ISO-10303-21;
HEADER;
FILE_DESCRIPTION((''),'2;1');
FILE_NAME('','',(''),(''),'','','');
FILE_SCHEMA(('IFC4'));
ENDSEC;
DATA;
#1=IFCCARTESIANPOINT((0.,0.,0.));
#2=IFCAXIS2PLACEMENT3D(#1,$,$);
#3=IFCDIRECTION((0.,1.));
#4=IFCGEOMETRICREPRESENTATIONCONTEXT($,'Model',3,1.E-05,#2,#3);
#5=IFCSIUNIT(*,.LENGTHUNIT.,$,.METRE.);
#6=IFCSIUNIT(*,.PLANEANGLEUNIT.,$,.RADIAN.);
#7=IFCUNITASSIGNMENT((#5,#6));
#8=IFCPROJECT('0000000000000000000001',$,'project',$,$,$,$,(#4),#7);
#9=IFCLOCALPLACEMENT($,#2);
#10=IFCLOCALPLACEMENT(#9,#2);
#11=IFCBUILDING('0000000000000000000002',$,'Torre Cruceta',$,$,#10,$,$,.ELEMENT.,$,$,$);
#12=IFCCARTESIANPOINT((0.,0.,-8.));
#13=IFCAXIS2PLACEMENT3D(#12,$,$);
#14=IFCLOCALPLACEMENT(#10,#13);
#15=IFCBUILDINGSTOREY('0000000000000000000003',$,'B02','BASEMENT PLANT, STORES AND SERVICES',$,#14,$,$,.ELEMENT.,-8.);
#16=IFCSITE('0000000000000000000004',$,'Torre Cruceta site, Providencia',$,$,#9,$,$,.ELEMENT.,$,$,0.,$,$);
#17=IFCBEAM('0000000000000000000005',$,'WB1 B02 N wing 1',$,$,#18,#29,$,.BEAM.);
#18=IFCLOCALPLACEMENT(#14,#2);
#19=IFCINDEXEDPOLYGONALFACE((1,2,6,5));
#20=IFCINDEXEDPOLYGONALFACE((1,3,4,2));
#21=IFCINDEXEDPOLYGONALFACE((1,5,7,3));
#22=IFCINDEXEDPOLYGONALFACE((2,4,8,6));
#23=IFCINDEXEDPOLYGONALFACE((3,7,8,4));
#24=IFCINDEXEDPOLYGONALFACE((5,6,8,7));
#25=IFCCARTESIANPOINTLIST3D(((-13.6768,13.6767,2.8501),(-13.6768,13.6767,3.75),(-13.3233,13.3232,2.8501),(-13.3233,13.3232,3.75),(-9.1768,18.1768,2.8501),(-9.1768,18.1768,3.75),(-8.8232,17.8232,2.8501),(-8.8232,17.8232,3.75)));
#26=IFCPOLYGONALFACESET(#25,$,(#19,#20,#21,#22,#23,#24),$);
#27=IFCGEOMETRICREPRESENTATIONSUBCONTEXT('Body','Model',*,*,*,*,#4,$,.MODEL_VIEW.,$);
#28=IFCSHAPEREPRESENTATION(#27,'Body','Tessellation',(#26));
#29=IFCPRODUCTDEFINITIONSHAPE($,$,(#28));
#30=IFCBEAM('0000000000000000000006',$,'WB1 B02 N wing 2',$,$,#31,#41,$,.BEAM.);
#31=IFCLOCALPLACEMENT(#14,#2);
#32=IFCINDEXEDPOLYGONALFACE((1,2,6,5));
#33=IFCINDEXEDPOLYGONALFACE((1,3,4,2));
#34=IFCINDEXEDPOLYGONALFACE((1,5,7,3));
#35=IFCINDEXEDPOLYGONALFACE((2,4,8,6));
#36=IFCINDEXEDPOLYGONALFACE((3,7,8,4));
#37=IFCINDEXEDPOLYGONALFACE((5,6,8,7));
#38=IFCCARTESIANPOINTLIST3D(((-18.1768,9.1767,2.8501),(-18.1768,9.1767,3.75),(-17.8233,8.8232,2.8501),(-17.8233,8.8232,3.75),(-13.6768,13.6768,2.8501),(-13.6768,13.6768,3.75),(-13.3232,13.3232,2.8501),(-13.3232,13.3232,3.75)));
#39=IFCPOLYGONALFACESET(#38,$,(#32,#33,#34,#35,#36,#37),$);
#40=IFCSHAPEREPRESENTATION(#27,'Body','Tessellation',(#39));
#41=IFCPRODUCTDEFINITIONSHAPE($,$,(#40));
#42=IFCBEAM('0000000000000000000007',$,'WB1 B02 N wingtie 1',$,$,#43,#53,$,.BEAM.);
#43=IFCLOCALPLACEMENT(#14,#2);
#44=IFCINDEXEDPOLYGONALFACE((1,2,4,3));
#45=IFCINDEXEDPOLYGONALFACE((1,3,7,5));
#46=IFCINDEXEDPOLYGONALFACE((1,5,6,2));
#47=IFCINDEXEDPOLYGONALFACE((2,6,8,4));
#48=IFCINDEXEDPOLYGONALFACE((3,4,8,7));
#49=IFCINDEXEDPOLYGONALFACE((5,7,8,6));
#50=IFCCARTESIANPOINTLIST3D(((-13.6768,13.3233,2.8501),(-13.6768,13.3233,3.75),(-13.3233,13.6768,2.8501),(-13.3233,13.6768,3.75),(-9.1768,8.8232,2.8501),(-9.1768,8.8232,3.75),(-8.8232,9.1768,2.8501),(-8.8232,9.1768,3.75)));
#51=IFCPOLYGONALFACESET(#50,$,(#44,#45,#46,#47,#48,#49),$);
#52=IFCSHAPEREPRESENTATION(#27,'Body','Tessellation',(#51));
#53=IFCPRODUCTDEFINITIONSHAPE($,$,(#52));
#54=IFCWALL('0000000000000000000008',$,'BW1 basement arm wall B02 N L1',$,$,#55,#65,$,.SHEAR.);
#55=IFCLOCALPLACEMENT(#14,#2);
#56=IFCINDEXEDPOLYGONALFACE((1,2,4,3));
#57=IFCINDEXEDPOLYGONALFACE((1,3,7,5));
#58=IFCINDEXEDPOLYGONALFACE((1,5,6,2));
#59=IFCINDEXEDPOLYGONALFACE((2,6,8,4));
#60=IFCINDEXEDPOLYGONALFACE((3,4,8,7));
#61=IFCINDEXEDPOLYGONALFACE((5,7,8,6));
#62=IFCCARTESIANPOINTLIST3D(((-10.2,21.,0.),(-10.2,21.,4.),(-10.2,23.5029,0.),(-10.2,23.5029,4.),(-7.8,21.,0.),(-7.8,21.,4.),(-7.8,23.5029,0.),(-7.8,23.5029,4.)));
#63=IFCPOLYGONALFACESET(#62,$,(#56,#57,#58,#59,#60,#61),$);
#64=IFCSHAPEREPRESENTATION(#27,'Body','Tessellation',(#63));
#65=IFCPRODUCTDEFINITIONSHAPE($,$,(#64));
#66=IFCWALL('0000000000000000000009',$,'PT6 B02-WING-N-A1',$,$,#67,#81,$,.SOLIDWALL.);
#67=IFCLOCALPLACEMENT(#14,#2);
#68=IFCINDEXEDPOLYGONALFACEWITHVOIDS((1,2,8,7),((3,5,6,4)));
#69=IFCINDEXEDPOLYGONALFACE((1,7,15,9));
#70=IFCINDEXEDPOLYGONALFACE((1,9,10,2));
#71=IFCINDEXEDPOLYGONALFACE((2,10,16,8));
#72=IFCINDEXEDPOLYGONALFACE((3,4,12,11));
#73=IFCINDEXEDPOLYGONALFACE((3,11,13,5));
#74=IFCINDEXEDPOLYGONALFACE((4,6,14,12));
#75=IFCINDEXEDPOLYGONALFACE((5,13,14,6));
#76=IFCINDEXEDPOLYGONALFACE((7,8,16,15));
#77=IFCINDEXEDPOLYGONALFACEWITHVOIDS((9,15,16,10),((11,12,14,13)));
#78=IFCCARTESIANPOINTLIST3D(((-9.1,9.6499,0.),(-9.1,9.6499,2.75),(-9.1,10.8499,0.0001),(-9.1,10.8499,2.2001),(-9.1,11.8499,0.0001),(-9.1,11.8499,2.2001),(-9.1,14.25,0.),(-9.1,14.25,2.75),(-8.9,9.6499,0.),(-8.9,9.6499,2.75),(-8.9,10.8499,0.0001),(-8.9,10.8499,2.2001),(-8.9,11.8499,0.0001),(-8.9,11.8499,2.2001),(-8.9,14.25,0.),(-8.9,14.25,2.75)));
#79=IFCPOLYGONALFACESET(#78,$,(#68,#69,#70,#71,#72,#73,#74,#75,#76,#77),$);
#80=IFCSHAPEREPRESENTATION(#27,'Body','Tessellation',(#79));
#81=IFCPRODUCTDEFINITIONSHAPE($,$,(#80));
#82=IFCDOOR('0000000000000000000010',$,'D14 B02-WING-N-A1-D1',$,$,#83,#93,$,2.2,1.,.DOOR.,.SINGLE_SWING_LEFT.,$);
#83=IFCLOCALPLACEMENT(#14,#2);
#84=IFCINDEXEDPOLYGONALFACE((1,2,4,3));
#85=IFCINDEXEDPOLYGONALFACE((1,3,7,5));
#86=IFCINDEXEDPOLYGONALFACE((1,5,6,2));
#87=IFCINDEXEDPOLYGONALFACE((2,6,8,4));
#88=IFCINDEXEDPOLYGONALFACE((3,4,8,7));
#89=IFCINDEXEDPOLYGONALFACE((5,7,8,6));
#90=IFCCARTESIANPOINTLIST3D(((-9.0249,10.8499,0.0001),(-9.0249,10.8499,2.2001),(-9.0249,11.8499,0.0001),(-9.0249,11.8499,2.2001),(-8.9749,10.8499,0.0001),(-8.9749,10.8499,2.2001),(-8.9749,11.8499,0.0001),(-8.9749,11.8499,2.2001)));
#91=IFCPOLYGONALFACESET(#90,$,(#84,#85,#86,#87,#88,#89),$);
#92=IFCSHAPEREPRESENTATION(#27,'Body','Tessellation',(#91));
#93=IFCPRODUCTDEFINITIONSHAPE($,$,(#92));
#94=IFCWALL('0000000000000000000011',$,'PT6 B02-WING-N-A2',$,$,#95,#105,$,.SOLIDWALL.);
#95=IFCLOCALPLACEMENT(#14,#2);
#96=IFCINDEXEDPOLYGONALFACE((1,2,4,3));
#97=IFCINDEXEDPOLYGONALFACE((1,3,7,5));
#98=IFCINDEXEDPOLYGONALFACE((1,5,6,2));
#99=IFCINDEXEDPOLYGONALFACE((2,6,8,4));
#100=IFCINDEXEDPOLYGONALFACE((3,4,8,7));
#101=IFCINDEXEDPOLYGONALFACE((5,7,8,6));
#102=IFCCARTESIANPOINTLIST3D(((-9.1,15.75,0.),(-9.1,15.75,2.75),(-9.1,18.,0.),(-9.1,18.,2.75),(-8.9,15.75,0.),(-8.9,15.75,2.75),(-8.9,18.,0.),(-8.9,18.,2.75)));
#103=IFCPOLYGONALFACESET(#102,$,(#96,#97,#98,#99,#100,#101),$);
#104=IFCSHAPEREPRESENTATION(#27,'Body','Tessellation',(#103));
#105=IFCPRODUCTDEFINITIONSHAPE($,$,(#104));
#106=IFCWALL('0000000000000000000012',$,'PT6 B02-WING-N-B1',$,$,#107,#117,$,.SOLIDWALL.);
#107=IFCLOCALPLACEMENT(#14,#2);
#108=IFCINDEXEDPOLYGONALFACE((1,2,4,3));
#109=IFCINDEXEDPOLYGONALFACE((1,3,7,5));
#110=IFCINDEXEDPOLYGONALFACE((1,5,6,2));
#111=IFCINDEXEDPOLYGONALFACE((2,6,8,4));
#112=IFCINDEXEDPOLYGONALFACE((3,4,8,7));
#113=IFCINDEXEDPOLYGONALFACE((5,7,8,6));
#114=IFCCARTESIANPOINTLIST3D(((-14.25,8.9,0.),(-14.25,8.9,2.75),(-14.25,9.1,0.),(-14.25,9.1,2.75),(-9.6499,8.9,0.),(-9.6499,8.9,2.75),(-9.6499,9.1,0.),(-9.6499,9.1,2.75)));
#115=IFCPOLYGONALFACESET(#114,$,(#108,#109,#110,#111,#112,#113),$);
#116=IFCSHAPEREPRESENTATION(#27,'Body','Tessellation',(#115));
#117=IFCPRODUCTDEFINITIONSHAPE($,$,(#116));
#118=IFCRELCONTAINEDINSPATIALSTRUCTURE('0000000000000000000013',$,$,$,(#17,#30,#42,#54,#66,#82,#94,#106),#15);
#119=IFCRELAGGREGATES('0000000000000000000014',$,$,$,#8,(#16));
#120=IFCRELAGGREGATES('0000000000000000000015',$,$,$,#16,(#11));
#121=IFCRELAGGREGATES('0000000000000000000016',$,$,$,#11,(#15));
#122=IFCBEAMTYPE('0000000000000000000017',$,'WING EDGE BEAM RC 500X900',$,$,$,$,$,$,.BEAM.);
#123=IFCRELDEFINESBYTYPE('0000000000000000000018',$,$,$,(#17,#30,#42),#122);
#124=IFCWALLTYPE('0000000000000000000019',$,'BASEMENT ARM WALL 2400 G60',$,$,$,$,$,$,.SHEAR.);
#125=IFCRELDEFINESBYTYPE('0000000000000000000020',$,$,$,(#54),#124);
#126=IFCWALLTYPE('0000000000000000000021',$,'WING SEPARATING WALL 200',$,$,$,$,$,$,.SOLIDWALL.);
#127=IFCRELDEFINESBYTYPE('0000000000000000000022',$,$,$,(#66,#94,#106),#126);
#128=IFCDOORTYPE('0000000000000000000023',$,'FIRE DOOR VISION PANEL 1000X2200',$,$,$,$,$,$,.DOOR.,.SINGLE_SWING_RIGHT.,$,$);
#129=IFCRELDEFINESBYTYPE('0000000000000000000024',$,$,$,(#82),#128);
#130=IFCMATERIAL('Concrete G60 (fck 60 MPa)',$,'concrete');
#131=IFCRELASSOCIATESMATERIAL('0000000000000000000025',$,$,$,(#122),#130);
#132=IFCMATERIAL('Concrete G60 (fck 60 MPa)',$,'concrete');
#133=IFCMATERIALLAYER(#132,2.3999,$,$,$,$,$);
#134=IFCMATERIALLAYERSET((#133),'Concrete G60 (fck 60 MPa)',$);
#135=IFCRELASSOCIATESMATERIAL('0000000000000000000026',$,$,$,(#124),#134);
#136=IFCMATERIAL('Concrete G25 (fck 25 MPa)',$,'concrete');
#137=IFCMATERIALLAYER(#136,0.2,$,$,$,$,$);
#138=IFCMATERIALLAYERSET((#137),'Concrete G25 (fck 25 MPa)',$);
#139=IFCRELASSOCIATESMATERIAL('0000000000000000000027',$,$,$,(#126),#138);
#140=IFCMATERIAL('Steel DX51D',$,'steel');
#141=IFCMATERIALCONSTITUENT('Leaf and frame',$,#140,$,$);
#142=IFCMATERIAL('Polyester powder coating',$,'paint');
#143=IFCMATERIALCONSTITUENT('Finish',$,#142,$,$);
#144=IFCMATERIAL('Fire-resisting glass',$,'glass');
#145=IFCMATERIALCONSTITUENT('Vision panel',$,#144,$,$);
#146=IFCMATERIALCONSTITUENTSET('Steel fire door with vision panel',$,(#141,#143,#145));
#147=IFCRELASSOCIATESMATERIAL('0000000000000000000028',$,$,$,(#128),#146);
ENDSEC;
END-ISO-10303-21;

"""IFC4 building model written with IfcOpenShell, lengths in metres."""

from ifc_helpers import new_model, si_unit, direction, frame, frame_2d, origin, origin_2d, place, context, subcontext, project, spatial, rectangle, extrude, material, layer, layer_set, constituent, constituent_set, material_profile, profile_set, type_object, element, fill, save


model = new_model("IFC4")

# Units and contexts
model_context = context("Model", 3, precision=1e-05, world=origin(), true_north=direction((0.0, 1.0)))
body_context = subcontext(model_context, "Body", "Model", "MODEL_VIEW")
ifc_project = project(units=[si_unit("LENGTHUNIT", "METRE"), si_unit("PLANEANGLEUNIT", "RADIAN")], contexts=[model_context])

# Site, building, storey
site_placement = place(None, origin())
site = spatial("IfcSite", under=ifc_project, at=site_placement, Name="Torre Cruceta site, Providencia", CompositionType="ELEMENT", RefElevation=0.0)
building_placement = place(site_placement, origin())
building = spatial("IfcBuilding", under=site, at=building_placement, Name="Torre Cruceta", CompositionType="ELEMENT")
storey_placement = place(building_placement, frame((0.0, 0.0, -8.0)))
storey = spatial("IfcBuildingStorey", under=building, at=storey_placement, Name="B02", Description="BASEMENT PLANT, STORES AND SERVICES", CompositionType="ELEMENT", Elevation=-8.0)

# Beams
ifc_material_1 = material(Name="Concrete G60 (fck 60 MPa)", Category="concrete")
ifc_material_profile_1 = material_profile(ifc_material_1, rectangle(XDim=0.5, YDim=0.8999, at=origin_2d()), Name="RC 500X900")
ifc_profile_set_1 = profile_set([ifc_material_profile_1], Name="Concrete G60 (fck 60 MPa)")
beam_type_1 = type_object("IfcBeamType", Name="WING EDGE BEAM RC 500X900", PredefinedType="BEAM", material=ifc_profile_set_1)
for number, where, z_axis, x_axis, name in (
    (1, (-9.0, 18.0, 3.3), (-0.707107, -0.707107, 0.0), (0.707107, -0.707107, 0.0), "WB1 B02 N wing 1"),
    (2, (-13.5, 13.5, 3.3), (-0.707107, -0.707107, 0.0), (0.707107, -0.707107, 0.0), "WB1 B02 N wing 2"),
    (3, (-9.0, 9.0, 3.3), (-0.707107, 0.707107, 0.0), (-0.707107, -0.707107, 0.0), "WB1 B02 N wingtie 1"),
):
    element("IfcBeam", number, at=place(storey_placement, frame(where, z_axis=z_axis, x_axis=x_axis)), inside=storey, type_object=beam_type_1, Name=name, PredefinedType="BEAM", context=body_context, shape_type="SweptSolid", body=[
        extrude(rectangle(XDim=0.5, YDim=0.8999, at=origin_2d()), origin(), (0.0, 0.0, 1.0), 6.364),
    ])

# Wall
ifc_material_2 = material(Name="Concrete G60 (fck 60 MPa)", Category="concrete")
ifc_layer_1 = layer(ifc_material_2, 2.3999)
ifc_layer_set_1 = layer_set([ifc_layer_1], Name="Concrete G60 (fck 60 MPa)")
wall_type_1 = type_object("IfcWallType", Name="BASEMENT ARM WALL 2400 G60", PredefinedType="SHEAR", material=ifc_layer_set_1)
wall_1_placement = place(storey_placement, frame((-9.0, 21.0, 0.0), z_axis=(0.0, 0.0, 1.0), x_axis=(0.0, 1.0, 0.0)))
element("IfcWall", 4, at=wall_1_placement, inside=storey, type_object=wall_type_1, Name="BW1 basement arm wall B02 N L1", PredefinedType="SHEAR", context=body_context, shape_type="SweptSolid", body=[
    extrude(rectangle(XDim=2.5029, YDim=2.3999, at=frame_2d((1.2515, 0.0))), origin(), (0.0, 0.0, 1.0), 4.0),
])

# Wall, opening, door
ifc_material_3 = material(Name="Concrete G25 (fck 25 MPa)", Category="concrete")
ifc_layer_2 = layer(ifc_material_3, 0.2)
ifc_layer_set_2 = layer_set([ifc_layer_2], Name="Concrete G25 (fck 25 MPa)")
wall_type_2 = type_object("IfcWallType", Name="WING SEPARATING WALL 200", PredefinedType="SOLIDWALL", material=ifc_layer_set_2)
wall_2_placement = place(storey_placement, frame((-9.0, 9.6499, 0.0), z_axis=(0.0, 0.0, 1.0), x_axis=(0.0, 1.0, 0.0)))
wall_2 = element("IfcWall", 5, at=wall_2_placement, inside=storey, type_object=wall_type_2, Name="PT6 B02-WING-N-A1", PredefinedType="SOLIDWALL", context=body_context, shape_type="SweptSolid", body=[
    extrude(rectangle(XDim=4.6001, YDim=0.2, at=frame_2d((2.3, 0.0))), origin(), (0.0, 0.0, 1.0), 2.75),
])
opening_1_placement = place(wall_2_placement, frame((1.2, 0.0, 0.0)))
opening_1 = element("IfcOpeningElement", 6, at=opening_1_placement, cuts=wall_2, PredefinedType="OPENING", context=body_context, shape_type="SweptSolid", body=[
    extrude(rectangle(XDim=1.0, YDim=2.2, at=frame_2d((0.5, 1.1001))), frame((0.0, 0.1099, 0.0), z_axis=(0.0, -1.0, 0.0), x_axis=(1.0, 0.0, 0.0)), (0.0, 0.0, 1.0), 0.22),
])
ifc_material_4 = material(Name="Steel DX51D", Category="steel")
ifc_constituent_1 = constituent(ifc_material_4, Name="Leaf and frame")
ifc_material_5 = material(Name="Polyester powder coating", Category="paint")
ifc_constituent_2 = constituent(ifc_material_5, Name="Finish")
ifc_material_6 = material(Name="Fire-resisting glass", Category="glass")
ifc_constituent_3 = constituent(ifc_material_6, Name="Vision panel")
ifc_constituent_set_1 = constituent_set(constituents=[ifc_constituent_1, ifc_constituent_2, ifc_constituent_3], Name="Steel fire door with vision panel")
door_type_1 = type_object("IfcDoorType", Name="FIRE DOOR VISION PANEL 1000X2200", OperationType="SINGLE_SWING_RIGHT", PredefinedType="DOOR", material=ifc_constituent_set_1)
door_1_placement = place(opening_1_placement, origin())
door_1 = element("IfcDoor", 7, at=door_1_placement, inside=storey, type_object=door_type_1, Name="D14 B02-WING-N-A1-D1", OperationType="SINGLE_SWING_LEFT", OverallHeight=2.2, OverallWidth=1.0, PredefinedType="DOOR", context=body_context, shape_type="SweptSolid", body=[
    extrude(rectangle(XDim=1.0, YDim=2.2, at=frame_2d((0.5, 1.1001))), frame((0.0, 0.0249, 0.0), z_axis=(0.0, -1.0, 0.0), x_axis=(1.0, 0.0, 0.0)), (0.0, 0.0, 1.0), 0.05),
])
fill(opening_1, door_1)

# Walls
wall_3_placement = place(storey_placement, frame((-9.0, 15.75, 0.0), z_axis=(0.0, 0.0, 1.0), x_axis=(0.0, 1.0, 0.0)))
element("IfcWall", 8, at=wall_3_placement, inside=storey, type_object=wall_type_2, Name="PT6 B02-WING-N-A2", PredefinedType="SOLIDWALL", context=body_context, shape_type="SweptSolid", body=[
    extrude(rectangle(XDim=2.25, YDim=0.2, at=frame_2d((1.125, 0.0))), origin(), (0.0, 0.0, 1.0), 2.75),
])
wall_4_placement = place(storey_placement, frame((-14.25, 9.0, 0.0), z_axis=(0.0, 0.0, 1.0), x_axis=(1.0, 0.0, 0.0)))
element("IfcWall", 9, at=wall_4_placement, inside=storey, type_object=wall_type_2, Name="PT6 B02-WING-N-B1", PredefinedType="SOLIDWALL", context=body_context, shape_type="SweptSolid", body=[
    extrude(rectangle(XDim=4.6001, YDim=0.2, at=frame_2d((2.3, 0.0))), origin(), (0.0, 0.0, 1.0), 2.75),
])

save(model, "model.ifc")
